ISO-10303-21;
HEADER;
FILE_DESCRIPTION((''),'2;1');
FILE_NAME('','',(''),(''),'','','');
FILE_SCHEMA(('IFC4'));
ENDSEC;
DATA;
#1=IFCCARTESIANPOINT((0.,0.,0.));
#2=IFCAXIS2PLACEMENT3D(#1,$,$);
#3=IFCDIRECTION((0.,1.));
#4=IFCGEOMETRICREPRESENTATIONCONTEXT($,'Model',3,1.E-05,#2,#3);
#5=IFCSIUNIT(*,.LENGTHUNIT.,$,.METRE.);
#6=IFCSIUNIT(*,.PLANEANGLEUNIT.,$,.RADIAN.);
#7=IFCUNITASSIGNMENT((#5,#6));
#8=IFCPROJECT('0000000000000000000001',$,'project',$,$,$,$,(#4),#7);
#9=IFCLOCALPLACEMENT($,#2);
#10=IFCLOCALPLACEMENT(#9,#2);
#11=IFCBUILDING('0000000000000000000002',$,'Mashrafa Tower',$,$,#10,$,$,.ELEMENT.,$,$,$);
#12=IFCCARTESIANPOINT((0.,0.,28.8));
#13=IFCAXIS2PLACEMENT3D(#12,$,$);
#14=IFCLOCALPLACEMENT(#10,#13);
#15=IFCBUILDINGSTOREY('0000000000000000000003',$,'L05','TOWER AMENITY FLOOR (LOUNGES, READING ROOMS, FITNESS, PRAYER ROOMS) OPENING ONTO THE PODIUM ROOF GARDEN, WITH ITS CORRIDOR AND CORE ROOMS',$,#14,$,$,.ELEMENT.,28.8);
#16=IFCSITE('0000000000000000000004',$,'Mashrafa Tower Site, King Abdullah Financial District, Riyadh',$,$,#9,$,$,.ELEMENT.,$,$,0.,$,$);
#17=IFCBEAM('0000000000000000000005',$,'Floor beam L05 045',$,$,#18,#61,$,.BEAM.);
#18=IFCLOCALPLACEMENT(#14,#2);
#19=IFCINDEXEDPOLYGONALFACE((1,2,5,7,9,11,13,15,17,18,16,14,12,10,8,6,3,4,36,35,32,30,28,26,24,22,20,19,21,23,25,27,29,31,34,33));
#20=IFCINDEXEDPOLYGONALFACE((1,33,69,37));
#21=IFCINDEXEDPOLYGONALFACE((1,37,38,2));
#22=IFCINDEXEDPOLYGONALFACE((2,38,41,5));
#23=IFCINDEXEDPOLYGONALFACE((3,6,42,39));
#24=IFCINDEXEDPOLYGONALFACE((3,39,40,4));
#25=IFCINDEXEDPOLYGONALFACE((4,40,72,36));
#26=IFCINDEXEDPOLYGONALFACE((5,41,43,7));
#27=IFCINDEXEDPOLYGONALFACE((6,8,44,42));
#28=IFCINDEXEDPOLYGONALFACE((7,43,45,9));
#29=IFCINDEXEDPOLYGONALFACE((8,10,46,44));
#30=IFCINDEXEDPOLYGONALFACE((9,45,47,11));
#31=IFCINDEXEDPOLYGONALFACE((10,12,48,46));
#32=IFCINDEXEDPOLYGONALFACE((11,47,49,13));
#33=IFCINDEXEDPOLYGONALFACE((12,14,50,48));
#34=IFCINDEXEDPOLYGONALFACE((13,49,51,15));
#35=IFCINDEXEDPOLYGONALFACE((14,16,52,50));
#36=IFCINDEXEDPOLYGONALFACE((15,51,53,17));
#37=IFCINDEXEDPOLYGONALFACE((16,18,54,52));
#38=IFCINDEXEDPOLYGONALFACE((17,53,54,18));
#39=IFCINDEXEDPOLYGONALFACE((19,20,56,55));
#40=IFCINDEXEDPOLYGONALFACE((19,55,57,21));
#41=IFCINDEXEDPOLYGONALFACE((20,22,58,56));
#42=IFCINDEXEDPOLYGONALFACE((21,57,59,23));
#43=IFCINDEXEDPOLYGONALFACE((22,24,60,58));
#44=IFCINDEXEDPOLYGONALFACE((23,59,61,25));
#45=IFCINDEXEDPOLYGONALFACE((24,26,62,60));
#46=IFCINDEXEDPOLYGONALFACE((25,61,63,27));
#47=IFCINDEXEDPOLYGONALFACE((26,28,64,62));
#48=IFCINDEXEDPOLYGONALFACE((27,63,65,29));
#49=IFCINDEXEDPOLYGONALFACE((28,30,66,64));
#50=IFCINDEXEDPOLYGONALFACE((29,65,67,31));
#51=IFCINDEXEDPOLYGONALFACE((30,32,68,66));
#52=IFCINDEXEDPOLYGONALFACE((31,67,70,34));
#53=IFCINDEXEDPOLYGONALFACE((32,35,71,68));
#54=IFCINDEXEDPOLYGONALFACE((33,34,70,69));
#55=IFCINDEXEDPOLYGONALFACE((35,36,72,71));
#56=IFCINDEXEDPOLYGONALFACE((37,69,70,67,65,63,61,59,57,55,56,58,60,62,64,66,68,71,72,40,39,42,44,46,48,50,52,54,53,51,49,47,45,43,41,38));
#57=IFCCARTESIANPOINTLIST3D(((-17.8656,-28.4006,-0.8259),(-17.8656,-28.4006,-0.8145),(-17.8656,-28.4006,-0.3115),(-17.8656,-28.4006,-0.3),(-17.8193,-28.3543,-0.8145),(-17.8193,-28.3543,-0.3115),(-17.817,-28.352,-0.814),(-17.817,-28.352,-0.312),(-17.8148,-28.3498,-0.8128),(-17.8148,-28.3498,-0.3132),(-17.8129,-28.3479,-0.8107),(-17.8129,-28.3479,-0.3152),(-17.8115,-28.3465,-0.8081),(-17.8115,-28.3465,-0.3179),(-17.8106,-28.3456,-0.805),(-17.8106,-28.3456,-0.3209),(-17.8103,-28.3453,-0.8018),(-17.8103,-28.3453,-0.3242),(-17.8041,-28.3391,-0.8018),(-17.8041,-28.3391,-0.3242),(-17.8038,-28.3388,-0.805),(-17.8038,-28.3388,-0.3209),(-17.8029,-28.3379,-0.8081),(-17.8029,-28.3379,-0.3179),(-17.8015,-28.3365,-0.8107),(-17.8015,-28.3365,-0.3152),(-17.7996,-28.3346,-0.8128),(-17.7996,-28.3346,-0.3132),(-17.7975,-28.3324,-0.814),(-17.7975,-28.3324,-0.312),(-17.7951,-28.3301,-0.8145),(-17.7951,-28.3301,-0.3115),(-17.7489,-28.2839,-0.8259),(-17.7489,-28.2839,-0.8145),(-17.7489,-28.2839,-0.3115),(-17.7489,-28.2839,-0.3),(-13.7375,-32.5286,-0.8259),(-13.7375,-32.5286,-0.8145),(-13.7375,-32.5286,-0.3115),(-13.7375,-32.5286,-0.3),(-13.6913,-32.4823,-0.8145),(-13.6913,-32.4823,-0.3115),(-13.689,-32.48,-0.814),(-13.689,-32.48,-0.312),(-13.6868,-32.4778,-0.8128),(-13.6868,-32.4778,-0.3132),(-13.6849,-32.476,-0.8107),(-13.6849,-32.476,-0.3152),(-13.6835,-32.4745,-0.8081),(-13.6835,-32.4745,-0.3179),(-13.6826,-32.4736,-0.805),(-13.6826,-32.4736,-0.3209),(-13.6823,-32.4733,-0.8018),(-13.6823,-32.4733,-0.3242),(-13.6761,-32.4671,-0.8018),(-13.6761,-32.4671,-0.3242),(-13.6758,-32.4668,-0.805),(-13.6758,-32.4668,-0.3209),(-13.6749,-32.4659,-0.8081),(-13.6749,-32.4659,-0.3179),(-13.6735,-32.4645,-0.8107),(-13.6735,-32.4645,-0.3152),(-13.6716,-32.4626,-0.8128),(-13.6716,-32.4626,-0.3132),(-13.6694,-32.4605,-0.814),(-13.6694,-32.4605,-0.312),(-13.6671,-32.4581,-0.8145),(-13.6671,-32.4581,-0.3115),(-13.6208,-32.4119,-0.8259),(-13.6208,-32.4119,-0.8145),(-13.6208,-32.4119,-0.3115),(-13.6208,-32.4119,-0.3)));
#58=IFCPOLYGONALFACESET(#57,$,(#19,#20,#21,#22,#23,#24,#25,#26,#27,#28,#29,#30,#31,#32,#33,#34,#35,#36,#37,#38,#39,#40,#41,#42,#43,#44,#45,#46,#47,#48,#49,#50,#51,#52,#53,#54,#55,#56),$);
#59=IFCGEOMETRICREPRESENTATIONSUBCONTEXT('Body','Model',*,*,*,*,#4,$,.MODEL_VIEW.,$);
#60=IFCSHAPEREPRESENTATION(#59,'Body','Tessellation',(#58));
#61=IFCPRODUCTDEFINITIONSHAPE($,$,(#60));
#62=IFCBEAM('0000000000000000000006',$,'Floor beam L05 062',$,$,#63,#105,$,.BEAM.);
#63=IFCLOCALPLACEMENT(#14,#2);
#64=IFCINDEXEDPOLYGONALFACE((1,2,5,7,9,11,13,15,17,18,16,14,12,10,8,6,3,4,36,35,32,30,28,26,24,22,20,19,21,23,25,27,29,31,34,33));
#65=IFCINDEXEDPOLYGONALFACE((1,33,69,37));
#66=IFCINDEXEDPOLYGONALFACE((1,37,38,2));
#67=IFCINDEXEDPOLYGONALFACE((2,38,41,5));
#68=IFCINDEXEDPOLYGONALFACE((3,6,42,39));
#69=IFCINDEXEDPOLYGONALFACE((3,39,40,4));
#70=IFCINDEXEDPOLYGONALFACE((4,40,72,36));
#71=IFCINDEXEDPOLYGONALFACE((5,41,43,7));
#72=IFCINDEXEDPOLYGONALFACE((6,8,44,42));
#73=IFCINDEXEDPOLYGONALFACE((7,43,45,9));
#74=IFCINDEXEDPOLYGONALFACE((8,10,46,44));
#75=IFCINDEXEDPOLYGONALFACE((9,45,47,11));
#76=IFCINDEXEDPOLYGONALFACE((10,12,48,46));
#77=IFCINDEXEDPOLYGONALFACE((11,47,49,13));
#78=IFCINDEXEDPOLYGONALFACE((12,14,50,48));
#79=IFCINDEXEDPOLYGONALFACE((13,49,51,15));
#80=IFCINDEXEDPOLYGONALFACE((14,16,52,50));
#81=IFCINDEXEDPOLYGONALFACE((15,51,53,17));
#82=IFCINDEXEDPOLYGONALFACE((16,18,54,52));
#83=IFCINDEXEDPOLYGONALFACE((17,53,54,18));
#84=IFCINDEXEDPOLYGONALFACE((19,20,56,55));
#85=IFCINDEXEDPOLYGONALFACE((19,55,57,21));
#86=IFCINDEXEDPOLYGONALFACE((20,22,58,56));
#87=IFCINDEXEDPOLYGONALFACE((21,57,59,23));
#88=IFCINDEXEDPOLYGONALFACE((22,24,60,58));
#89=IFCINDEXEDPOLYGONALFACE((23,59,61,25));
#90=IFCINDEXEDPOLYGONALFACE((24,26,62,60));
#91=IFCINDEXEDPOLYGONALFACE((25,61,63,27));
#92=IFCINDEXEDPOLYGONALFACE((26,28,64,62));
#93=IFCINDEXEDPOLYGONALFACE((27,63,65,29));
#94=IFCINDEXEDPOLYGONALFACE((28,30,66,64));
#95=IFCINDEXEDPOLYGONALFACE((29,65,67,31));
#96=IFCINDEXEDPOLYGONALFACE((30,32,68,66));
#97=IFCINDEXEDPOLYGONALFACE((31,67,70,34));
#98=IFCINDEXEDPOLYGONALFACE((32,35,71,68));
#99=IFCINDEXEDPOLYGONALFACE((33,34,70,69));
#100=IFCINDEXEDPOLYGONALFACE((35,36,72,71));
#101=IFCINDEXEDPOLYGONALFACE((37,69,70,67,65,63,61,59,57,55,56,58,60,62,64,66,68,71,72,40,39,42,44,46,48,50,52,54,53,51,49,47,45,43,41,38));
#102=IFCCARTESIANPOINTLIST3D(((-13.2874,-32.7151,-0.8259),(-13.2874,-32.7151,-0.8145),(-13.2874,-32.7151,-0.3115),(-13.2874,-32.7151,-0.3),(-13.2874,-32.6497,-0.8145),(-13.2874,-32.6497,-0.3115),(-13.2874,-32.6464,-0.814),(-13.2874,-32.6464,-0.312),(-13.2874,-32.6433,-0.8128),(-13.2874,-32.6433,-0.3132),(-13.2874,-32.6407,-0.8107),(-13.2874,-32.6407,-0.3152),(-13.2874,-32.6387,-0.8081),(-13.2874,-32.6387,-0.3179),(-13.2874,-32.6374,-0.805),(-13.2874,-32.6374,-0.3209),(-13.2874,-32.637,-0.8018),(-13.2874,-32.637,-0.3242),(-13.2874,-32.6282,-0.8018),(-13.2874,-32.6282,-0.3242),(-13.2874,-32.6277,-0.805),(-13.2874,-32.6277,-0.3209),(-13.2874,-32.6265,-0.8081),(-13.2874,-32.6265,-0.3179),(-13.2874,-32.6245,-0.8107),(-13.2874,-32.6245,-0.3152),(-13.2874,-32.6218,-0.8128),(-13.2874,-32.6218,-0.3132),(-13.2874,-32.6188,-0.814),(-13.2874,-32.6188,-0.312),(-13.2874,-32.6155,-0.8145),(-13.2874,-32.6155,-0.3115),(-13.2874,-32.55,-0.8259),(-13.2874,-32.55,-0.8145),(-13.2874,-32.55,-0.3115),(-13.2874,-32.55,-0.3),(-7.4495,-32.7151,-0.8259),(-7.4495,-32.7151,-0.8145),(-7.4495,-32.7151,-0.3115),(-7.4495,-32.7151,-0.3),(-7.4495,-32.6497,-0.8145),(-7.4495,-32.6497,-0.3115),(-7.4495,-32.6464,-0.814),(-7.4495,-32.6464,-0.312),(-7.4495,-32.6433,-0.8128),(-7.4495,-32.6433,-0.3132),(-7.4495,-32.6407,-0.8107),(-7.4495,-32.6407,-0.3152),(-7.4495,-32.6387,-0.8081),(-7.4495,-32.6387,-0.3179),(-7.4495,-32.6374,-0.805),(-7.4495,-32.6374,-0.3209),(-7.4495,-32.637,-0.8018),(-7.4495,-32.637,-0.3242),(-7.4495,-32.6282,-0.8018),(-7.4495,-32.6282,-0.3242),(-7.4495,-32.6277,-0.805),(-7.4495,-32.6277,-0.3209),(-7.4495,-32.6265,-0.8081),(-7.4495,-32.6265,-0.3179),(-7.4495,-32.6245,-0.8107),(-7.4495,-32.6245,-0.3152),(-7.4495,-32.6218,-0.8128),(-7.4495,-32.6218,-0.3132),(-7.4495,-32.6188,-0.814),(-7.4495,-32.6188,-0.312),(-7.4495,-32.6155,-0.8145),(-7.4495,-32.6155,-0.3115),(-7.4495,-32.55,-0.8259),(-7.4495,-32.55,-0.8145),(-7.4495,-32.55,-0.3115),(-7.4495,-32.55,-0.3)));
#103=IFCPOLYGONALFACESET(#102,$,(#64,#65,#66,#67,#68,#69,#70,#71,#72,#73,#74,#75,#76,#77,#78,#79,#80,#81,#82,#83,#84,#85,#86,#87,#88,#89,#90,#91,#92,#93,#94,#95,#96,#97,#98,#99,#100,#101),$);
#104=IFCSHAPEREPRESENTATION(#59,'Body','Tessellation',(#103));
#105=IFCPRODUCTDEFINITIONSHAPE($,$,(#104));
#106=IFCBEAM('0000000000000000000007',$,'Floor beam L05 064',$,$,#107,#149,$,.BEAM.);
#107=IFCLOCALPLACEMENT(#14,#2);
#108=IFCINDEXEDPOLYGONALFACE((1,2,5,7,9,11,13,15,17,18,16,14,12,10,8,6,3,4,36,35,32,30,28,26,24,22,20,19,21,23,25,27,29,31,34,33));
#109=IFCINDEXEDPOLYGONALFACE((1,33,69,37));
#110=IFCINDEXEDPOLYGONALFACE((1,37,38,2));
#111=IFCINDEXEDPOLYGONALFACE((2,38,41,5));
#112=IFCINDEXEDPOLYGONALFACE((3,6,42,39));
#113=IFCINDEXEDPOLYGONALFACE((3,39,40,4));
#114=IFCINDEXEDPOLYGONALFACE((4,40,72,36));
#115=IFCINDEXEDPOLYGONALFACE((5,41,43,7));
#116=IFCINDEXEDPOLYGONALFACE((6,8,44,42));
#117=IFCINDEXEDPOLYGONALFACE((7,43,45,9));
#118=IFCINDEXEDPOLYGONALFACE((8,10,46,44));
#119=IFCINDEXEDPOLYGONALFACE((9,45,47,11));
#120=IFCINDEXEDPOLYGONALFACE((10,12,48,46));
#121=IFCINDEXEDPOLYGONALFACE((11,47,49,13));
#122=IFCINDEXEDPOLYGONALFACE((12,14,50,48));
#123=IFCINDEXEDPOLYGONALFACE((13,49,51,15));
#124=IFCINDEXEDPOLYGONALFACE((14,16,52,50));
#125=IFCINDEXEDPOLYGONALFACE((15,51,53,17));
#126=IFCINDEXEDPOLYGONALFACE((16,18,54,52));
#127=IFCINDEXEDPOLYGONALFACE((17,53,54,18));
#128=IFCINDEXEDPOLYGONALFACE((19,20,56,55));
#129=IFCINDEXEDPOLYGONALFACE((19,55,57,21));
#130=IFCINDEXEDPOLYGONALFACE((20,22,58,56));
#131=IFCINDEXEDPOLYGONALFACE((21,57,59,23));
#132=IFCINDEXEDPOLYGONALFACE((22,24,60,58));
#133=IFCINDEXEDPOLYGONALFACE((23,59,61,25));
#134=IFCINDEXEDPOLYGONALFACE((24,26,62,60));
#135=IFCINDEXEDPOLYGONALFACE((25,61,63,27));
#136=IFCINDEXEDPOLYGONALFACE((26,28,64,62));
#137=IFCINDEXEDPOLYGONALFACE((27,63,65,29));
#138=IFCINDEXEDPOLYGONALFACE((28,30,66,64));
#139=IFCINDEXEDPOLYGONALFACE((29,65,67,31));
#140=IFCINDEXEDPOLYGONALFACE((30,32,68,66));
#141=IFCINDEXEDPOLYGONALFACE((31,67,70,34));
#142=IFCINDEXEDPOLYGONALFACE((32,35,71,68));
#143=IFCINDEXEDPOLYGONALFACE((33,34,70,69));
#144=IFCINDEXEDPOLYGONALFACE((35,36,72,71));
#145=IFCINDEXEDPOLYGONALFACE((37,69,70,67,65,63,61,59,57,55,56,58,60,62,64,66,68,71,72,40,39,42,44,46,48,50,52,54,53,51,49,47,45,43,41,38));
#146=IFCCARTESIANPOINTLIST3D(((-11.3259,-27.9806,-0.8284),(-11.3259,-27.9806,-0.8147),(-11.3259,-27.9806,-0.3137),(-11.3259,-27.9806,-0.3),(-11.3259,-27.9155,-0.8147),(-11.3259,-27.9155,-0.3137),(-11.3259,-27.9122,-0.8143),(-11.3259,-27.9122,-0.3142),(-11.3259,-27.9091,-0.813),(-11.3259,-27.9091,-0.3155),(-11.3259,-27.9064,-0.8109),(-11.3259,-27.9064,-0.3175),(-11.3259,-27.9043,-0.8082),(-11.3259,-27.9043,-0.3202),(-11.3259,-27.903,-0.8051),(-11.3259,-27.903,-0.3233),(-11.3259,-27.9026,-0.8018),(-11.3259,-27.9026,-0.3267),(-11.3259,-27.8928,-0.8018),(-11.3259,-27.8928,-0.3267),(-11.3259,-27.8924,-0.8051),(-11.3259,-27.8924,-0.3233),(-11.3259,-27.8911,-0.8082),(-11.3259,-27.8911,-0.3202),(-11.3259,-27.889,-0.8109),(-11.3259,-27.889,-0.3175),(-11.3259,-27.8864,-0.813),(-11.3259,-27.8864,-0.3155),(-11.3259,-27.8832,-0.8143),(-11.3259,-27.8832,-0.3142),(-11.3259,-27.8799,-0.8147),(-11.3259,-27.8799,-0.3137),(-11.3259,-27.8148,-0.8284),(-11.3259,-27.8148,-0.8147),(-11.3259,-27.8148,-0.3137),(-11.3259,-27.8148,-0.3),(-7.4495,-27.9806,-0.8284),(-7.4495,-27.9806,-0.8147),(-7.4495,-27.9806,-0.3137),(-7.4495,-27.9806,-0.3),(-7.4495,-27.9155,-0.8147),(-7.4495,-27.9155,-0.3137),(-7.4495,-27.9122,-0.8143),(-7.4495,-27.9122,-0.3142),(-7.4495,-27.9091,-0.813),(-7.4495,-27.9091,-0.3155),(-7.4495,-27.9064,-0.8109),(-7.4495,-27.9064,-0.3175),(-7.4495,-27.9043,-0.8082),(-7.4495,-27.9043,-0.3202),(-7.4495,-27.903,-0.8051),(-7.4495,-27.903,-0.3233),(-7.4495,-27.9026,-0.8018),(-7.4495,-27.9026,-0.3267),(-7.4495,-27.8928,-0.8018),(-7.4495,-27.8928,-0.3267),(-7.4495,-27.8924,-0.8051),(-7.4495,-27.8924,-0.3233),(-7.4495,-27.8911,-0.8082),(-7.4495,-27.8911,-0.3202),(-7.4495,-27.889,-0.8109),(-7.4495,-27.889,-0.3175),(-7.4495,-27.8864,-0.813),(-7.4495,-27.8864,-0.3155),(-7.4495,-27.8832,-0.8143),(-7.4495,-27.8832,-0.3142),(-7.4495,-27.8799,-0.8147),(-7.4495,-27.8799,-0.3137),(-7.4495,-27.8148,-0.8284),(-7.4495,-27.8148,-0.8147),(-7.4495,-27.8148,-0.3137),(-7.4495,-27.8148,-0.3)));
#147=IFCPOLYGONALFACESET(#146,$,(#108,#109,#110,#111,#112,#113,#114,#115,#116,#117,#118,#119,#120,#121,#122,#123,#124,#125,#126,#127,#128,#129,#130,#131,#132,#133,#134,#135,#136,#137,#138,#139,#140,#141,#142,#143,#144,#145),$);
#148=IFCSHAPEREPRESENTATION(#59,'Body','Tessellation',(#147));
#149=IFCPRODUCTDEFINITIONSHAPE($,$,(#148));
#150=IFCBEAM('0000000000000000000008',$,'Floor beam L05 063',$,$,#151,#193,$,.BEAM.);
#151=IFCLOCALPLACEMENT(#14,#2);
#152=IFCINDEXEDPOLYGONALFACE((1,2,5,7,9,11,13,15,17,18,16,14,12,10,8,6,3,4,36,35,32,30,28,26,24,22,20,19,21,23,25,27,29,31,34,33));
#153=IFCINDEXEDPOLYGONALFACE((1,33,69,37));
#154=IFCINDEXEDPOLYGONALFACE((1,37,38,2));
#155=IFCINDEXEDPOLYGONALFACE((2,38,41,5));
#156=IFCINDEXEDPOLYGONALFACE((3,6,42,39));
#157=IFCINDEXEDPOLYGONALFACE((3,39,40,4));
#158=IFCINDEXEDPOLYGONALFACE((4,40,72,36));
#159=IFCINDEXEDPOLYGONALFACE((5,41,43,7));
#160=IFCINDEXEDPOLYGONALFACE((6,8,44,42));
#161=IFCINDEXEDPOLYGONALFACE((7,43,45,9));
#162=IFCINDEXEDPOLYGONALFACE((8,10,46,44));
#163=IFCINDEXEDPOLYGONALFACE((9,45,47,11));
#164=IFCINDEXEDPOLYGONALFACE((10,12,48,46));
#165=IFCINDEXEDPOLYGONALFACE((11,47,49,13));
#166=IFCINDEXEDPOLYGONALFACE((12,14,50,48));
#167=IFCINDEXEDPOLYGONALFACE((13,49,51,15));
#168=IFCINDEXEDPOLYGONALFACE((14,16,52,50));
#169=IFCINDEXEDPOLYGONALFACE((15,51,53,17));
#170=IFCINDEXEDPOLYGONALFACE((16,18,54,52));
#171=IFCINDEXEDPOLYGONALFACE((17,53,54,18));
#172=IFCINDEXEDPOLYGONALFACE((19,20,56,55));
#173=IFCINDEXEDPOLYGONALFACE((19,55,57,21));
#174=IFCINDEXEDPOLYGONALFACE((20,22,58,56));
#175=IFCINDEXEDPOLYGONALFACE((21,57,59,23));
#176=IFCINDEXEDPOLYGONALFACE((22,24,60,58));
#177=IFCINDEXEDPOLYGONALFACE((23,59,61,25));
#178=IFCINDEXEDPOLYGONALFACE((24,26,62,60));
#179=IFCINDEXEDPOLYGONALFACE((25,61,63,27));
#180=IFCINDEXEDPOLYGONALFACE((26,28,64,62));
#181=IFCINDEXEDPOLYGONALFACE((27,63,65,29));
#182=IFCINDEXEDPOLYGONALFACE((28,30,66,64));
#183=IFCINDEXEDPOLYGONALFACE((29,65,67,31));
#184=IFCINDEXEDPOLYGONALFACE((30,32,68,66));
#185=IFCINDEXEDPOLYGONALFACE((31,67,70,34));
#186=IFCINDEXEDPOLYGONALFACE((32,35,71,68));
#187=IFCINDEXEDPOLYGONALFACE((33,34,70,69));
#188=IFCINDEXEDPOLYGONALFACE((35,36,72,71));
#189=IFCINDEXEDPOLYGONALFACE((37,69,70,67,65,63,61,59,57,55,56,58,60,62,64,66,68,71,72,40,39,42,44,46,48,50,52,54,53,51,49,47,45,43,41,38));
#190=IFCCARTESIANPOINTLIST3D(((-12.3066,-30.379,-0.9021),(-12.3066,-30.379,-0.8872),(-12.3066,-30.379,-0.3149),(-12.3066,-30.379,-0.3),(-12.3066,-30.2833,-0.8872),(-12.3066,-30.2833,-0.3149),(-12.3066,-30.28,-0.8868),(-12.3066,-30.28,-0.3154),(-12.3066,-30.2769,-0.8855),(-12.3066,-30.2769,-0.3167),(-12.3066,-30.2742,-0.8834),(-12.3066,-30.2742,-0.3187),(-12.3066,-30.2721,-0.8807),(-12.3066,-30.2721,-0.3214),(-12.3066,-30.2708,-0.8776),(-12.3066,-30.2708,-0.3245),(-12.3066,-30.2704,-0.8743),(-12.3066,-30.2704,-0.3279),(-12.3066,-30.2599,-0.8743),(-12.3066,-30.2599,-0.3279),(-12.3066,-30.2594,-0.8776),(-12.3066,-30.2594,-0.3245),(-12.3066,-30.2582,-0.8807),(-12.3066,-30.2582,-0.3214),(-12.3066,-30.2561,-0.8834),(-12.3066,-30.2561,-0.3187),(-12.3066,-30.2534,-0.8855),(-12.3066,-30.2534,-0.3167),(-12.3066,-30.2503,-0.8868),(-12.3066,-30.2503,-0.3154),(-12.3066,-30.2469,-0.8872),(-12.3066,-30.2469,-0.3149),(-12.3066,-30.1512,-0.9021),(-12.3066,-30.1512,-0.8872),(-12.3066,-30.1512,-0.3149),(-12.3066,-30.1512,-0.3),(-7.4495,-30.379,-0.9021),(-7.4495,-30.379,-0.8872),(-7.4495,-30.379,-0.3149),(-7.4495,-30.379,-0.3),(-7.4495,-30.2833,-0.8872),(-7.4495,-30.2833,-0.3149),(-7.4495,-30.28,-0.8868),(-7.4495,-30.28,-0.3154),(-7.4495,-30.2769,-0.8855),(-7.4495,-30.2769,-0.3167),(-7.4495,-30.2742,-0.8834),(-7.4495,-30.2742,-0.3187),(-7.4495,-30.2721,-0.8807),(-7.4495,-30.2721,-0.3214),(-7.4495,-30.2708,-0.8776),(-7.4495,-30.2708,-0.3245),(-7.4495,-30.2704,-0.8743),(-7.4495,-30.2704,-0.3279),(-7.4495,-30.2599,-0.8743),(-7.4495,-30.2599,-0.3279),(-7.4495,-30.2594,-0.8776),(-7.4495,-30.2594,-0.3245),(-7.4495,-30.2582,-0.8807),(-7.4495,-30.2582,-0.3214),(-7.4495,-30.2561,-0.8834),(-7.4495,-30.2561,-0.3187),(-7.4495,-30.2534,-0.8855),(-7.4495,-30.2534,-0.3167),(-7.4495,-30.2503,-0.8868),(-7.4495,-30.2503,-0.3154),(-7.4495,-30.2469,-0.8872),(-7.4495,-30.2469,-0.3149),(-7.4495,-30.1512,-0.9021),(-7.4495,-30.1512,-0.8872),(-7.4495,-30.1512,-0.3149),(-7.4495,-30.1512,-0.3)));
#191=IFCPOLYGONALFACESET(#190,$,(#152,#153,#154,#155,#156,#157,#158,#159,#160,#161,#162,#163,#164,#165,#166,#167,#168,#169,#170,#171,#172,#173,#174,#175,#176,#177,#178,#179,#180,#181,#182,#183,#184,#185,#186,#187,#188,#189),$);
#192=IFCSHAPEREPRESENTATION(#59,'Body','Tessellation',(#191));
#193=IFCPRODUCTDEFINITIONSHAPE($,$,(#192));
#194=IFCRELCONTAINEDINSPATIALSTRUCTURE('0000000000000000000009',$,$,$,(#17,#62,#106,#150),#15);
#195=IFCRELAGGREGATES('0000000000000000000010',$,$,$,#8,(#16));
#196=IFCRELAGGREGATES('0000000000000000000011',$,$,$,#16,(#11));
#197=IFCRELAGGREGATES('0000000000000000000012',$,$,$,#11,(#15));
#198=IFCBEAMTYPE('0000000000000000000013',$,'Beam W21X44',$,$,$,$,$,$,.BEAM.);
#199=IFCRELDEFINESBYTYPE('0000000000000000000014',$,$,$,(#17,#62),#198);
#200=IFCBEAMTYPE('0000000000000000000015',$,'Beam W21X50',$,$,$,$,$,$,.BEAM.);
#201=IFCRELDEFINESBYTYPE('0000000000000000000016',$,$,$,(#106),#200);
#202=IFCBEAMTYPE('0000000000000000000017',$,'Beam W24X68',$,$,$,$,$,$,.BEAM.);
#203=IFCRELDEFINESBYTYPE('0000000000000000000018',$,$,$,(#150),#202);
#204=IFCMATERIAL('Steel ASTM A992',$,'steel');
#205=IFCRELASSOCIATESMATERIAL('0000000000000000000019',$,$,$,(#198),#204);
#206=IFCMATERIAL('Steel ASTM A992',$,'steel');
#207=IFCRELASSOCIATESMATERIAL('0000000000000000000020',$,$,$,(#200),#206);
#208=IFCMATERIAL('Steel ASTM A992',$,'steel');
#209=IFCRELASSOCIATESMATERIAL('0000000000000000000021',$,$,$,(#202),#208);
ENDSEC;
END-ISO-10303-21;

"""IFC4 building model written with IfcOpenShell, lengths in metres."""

from ifc_helpers import new_model, si_unit, direction, frame, origin, origin_2d, place, context, subcontext, project, spatial, i_section, extrude, material, material_profile, profile_set, type_object, element, save


model = new_model("IFC4")

# Units and contexts
model_context = context("Model", 3, precision=1e-05, world=origin(), true_north=direction((0.0, 1.0)))
body_context = subcontext(model_context, "Body", "Model", "MODEL_VIEW")
ifc_project = project(units=[si_unit("LENGTHUNIT", "METRE"), si_unit("PLANEANGLEUNIT", "RADIAN")], contexts=[model_context])

# Site, building, storey
site_placement = place(None, origin())
site = spatial("IfcSite", under=ifc_project, at=site_placement, Name="Mashrafa Tower Site, King Abdullah Financial District, Riyadh", CompositionType="ELEMENT", RefElevation=0.0)
building_placement = place(site_placement, origin())
building = spatial("IfcBuilding", under=site, at=building_placement, Name="Mashrafa Tower", CompositionType="ELEMENT")
storey_placement = place(building_placement, frame((0.0, 0.0, 28.8)))
storey = spatial("IfcBuildingStorey", under=building, at=storey_placement, Name="L05", Description="TOWER AMENITY FLOOR (LOUNGES, READING ROOMS, FITNESS, PRAYER ROOMS) OPENING ONTO THE PODIUM ROOF GARDEN, WITH ITS CORRIDOR AND CORE ROOMS", CompositionType="ELEMENT", Elevation=28.8)

# Beams
ifc_material_1 = material(Name="Steel ASTM A992", Category="steel")
ifc_material_profile_1 = material_profile(ifc_material_1, i_section(OverallWidth=0.165, OverallDepth=0.5259, WebThickness=0.0088, FlangeThickness=0.0115, FilletRadius=0.0127, at=origin_2d()), Name="W21X44")
ifc_profile_set_1 = profile_set([ifc_material_profile_1], Name="Steel ASTM A992")
beam_type_1 = type_object("IfcBeamType", Name="Beam W21X44", PredefinedType="BEAM", material=ifc_profile_set_1)
for number, where, z_axis, x_axis, name in (
    (1, (-13.6792, -32.4702, -0.563), (-0.707107, 0.707107, 0.0), (-0.707107, -0.707107, 0.0), "Floor beam L05 045"),
    (2, (-7.4495, -32.6326, -0.563), (-1.0, 0.0, 0.0), (0.0, -1.0, 0.0), "Floor beam L05 062"),
):
    element("IfcBeam", number, at=place(storey_placement, frame(where, z_axis=z_axis, x_axis=x_axis)), inside=storey, type_object=beam_type_1, Name=name, PredefinedType="BEAM", context=body_context, shape_type="SweptSolid", body=[
        extrude(i_section(OverallWidth=0.165, OverallDepth=0.5259, WebThickness=0.0088, FlangeThickness=0.0115, FilletRadius=0.0127, at=origin_2d()), origin(), (0.0, 0.0, 1.0), 5.8379),
    ])
ifc_material_2 = material(Name="Steel ASTM A992", Category="steel")
ifc_material_profile_2 = material_profile(ifc_material_2, i_section(OverallWidth=0.1658, OverallDepth=0.5283, WebThickness=0.0098, FlangeThickness=0.0137, FilletRadius=0.0129, at=origin_2d()), Name="W21X50")
ifc_profile_set_2 = profile_set([ifc_material_profile_2], Name="Steel ASTM A992")
beam_type_2 = type_object("IfcBeamType", Name="Beam W21X50", PredefinedType="BEAM", material=ifc_profile_set_2)
beam_1_placement = place(storey_placement, frame((-7.4495, -27.8977, -0.5642), z_axis=(-1.0, 0.0, 0.0), x_axis=(0.0, -1.0, 0.0)))
element("IfcBeam", 3, at=beam_1_placement, inside=storey, type_object=beam_type_2, Name="Floor beam L05 064", PredefinedType="BEAM", context=body_context, shape_type="SweptSolid", body=[
    extrude(i_section(OverallWidth=0.1658, OverallDepth=0.5283, WebThickness=0.0098, FlangeThickness=0.0137, FilletRadius=0.0129, at=origin_2d()), origin(), (0.0, 0.0, 1.0), 3.8765),
])
ifc_material_3 = material(Name="Steel ASTM A992", Category="steel")
ifc_material_profile_3 = material_profile(ifc_material_3, i_section(OverallWidth=0.2278, OverallDepth=0.6021, WebThickness=0.0105, FlangeThickness=0.0149, FilletRadius=0.0129, at=origin_2d()), Name="W24X68")
ifc_profile_set_3 = profile_set([ifc_material_profile_3], Name="Steel ASTM A992")
beam_type_3 = type_object("IfcBeamType", Name="Beam W24X68", PredefinedType="BEAM", material=ifc_profile_set_3)
beam_2_placement = place(storey_placement, frame((-7.4495, -30.2651, -0.6011), z_axis=(-1.0, 0.0, 0.0), x_axis=(0.0, -1.0, 0.0)))
element("IfcBeam", 4, at=beam_2_placement, inside=storey, type_object=beam_type_3, Name="Floor beam L05 063", PredefinedType="BEAM", context=body_context, shape_type="SweptSolid", body=[
    extrude(i_section(OverallWidth=0.2278, OverallDepth=0.6021, WebThickness=0.0105, FlangeThickness=0.0149, FilletRadius=0.0129, at=origin_2d()), origin(), (0.0, 0.0, 1.0), 4.8572),
])

save(model, "model.ifc")
